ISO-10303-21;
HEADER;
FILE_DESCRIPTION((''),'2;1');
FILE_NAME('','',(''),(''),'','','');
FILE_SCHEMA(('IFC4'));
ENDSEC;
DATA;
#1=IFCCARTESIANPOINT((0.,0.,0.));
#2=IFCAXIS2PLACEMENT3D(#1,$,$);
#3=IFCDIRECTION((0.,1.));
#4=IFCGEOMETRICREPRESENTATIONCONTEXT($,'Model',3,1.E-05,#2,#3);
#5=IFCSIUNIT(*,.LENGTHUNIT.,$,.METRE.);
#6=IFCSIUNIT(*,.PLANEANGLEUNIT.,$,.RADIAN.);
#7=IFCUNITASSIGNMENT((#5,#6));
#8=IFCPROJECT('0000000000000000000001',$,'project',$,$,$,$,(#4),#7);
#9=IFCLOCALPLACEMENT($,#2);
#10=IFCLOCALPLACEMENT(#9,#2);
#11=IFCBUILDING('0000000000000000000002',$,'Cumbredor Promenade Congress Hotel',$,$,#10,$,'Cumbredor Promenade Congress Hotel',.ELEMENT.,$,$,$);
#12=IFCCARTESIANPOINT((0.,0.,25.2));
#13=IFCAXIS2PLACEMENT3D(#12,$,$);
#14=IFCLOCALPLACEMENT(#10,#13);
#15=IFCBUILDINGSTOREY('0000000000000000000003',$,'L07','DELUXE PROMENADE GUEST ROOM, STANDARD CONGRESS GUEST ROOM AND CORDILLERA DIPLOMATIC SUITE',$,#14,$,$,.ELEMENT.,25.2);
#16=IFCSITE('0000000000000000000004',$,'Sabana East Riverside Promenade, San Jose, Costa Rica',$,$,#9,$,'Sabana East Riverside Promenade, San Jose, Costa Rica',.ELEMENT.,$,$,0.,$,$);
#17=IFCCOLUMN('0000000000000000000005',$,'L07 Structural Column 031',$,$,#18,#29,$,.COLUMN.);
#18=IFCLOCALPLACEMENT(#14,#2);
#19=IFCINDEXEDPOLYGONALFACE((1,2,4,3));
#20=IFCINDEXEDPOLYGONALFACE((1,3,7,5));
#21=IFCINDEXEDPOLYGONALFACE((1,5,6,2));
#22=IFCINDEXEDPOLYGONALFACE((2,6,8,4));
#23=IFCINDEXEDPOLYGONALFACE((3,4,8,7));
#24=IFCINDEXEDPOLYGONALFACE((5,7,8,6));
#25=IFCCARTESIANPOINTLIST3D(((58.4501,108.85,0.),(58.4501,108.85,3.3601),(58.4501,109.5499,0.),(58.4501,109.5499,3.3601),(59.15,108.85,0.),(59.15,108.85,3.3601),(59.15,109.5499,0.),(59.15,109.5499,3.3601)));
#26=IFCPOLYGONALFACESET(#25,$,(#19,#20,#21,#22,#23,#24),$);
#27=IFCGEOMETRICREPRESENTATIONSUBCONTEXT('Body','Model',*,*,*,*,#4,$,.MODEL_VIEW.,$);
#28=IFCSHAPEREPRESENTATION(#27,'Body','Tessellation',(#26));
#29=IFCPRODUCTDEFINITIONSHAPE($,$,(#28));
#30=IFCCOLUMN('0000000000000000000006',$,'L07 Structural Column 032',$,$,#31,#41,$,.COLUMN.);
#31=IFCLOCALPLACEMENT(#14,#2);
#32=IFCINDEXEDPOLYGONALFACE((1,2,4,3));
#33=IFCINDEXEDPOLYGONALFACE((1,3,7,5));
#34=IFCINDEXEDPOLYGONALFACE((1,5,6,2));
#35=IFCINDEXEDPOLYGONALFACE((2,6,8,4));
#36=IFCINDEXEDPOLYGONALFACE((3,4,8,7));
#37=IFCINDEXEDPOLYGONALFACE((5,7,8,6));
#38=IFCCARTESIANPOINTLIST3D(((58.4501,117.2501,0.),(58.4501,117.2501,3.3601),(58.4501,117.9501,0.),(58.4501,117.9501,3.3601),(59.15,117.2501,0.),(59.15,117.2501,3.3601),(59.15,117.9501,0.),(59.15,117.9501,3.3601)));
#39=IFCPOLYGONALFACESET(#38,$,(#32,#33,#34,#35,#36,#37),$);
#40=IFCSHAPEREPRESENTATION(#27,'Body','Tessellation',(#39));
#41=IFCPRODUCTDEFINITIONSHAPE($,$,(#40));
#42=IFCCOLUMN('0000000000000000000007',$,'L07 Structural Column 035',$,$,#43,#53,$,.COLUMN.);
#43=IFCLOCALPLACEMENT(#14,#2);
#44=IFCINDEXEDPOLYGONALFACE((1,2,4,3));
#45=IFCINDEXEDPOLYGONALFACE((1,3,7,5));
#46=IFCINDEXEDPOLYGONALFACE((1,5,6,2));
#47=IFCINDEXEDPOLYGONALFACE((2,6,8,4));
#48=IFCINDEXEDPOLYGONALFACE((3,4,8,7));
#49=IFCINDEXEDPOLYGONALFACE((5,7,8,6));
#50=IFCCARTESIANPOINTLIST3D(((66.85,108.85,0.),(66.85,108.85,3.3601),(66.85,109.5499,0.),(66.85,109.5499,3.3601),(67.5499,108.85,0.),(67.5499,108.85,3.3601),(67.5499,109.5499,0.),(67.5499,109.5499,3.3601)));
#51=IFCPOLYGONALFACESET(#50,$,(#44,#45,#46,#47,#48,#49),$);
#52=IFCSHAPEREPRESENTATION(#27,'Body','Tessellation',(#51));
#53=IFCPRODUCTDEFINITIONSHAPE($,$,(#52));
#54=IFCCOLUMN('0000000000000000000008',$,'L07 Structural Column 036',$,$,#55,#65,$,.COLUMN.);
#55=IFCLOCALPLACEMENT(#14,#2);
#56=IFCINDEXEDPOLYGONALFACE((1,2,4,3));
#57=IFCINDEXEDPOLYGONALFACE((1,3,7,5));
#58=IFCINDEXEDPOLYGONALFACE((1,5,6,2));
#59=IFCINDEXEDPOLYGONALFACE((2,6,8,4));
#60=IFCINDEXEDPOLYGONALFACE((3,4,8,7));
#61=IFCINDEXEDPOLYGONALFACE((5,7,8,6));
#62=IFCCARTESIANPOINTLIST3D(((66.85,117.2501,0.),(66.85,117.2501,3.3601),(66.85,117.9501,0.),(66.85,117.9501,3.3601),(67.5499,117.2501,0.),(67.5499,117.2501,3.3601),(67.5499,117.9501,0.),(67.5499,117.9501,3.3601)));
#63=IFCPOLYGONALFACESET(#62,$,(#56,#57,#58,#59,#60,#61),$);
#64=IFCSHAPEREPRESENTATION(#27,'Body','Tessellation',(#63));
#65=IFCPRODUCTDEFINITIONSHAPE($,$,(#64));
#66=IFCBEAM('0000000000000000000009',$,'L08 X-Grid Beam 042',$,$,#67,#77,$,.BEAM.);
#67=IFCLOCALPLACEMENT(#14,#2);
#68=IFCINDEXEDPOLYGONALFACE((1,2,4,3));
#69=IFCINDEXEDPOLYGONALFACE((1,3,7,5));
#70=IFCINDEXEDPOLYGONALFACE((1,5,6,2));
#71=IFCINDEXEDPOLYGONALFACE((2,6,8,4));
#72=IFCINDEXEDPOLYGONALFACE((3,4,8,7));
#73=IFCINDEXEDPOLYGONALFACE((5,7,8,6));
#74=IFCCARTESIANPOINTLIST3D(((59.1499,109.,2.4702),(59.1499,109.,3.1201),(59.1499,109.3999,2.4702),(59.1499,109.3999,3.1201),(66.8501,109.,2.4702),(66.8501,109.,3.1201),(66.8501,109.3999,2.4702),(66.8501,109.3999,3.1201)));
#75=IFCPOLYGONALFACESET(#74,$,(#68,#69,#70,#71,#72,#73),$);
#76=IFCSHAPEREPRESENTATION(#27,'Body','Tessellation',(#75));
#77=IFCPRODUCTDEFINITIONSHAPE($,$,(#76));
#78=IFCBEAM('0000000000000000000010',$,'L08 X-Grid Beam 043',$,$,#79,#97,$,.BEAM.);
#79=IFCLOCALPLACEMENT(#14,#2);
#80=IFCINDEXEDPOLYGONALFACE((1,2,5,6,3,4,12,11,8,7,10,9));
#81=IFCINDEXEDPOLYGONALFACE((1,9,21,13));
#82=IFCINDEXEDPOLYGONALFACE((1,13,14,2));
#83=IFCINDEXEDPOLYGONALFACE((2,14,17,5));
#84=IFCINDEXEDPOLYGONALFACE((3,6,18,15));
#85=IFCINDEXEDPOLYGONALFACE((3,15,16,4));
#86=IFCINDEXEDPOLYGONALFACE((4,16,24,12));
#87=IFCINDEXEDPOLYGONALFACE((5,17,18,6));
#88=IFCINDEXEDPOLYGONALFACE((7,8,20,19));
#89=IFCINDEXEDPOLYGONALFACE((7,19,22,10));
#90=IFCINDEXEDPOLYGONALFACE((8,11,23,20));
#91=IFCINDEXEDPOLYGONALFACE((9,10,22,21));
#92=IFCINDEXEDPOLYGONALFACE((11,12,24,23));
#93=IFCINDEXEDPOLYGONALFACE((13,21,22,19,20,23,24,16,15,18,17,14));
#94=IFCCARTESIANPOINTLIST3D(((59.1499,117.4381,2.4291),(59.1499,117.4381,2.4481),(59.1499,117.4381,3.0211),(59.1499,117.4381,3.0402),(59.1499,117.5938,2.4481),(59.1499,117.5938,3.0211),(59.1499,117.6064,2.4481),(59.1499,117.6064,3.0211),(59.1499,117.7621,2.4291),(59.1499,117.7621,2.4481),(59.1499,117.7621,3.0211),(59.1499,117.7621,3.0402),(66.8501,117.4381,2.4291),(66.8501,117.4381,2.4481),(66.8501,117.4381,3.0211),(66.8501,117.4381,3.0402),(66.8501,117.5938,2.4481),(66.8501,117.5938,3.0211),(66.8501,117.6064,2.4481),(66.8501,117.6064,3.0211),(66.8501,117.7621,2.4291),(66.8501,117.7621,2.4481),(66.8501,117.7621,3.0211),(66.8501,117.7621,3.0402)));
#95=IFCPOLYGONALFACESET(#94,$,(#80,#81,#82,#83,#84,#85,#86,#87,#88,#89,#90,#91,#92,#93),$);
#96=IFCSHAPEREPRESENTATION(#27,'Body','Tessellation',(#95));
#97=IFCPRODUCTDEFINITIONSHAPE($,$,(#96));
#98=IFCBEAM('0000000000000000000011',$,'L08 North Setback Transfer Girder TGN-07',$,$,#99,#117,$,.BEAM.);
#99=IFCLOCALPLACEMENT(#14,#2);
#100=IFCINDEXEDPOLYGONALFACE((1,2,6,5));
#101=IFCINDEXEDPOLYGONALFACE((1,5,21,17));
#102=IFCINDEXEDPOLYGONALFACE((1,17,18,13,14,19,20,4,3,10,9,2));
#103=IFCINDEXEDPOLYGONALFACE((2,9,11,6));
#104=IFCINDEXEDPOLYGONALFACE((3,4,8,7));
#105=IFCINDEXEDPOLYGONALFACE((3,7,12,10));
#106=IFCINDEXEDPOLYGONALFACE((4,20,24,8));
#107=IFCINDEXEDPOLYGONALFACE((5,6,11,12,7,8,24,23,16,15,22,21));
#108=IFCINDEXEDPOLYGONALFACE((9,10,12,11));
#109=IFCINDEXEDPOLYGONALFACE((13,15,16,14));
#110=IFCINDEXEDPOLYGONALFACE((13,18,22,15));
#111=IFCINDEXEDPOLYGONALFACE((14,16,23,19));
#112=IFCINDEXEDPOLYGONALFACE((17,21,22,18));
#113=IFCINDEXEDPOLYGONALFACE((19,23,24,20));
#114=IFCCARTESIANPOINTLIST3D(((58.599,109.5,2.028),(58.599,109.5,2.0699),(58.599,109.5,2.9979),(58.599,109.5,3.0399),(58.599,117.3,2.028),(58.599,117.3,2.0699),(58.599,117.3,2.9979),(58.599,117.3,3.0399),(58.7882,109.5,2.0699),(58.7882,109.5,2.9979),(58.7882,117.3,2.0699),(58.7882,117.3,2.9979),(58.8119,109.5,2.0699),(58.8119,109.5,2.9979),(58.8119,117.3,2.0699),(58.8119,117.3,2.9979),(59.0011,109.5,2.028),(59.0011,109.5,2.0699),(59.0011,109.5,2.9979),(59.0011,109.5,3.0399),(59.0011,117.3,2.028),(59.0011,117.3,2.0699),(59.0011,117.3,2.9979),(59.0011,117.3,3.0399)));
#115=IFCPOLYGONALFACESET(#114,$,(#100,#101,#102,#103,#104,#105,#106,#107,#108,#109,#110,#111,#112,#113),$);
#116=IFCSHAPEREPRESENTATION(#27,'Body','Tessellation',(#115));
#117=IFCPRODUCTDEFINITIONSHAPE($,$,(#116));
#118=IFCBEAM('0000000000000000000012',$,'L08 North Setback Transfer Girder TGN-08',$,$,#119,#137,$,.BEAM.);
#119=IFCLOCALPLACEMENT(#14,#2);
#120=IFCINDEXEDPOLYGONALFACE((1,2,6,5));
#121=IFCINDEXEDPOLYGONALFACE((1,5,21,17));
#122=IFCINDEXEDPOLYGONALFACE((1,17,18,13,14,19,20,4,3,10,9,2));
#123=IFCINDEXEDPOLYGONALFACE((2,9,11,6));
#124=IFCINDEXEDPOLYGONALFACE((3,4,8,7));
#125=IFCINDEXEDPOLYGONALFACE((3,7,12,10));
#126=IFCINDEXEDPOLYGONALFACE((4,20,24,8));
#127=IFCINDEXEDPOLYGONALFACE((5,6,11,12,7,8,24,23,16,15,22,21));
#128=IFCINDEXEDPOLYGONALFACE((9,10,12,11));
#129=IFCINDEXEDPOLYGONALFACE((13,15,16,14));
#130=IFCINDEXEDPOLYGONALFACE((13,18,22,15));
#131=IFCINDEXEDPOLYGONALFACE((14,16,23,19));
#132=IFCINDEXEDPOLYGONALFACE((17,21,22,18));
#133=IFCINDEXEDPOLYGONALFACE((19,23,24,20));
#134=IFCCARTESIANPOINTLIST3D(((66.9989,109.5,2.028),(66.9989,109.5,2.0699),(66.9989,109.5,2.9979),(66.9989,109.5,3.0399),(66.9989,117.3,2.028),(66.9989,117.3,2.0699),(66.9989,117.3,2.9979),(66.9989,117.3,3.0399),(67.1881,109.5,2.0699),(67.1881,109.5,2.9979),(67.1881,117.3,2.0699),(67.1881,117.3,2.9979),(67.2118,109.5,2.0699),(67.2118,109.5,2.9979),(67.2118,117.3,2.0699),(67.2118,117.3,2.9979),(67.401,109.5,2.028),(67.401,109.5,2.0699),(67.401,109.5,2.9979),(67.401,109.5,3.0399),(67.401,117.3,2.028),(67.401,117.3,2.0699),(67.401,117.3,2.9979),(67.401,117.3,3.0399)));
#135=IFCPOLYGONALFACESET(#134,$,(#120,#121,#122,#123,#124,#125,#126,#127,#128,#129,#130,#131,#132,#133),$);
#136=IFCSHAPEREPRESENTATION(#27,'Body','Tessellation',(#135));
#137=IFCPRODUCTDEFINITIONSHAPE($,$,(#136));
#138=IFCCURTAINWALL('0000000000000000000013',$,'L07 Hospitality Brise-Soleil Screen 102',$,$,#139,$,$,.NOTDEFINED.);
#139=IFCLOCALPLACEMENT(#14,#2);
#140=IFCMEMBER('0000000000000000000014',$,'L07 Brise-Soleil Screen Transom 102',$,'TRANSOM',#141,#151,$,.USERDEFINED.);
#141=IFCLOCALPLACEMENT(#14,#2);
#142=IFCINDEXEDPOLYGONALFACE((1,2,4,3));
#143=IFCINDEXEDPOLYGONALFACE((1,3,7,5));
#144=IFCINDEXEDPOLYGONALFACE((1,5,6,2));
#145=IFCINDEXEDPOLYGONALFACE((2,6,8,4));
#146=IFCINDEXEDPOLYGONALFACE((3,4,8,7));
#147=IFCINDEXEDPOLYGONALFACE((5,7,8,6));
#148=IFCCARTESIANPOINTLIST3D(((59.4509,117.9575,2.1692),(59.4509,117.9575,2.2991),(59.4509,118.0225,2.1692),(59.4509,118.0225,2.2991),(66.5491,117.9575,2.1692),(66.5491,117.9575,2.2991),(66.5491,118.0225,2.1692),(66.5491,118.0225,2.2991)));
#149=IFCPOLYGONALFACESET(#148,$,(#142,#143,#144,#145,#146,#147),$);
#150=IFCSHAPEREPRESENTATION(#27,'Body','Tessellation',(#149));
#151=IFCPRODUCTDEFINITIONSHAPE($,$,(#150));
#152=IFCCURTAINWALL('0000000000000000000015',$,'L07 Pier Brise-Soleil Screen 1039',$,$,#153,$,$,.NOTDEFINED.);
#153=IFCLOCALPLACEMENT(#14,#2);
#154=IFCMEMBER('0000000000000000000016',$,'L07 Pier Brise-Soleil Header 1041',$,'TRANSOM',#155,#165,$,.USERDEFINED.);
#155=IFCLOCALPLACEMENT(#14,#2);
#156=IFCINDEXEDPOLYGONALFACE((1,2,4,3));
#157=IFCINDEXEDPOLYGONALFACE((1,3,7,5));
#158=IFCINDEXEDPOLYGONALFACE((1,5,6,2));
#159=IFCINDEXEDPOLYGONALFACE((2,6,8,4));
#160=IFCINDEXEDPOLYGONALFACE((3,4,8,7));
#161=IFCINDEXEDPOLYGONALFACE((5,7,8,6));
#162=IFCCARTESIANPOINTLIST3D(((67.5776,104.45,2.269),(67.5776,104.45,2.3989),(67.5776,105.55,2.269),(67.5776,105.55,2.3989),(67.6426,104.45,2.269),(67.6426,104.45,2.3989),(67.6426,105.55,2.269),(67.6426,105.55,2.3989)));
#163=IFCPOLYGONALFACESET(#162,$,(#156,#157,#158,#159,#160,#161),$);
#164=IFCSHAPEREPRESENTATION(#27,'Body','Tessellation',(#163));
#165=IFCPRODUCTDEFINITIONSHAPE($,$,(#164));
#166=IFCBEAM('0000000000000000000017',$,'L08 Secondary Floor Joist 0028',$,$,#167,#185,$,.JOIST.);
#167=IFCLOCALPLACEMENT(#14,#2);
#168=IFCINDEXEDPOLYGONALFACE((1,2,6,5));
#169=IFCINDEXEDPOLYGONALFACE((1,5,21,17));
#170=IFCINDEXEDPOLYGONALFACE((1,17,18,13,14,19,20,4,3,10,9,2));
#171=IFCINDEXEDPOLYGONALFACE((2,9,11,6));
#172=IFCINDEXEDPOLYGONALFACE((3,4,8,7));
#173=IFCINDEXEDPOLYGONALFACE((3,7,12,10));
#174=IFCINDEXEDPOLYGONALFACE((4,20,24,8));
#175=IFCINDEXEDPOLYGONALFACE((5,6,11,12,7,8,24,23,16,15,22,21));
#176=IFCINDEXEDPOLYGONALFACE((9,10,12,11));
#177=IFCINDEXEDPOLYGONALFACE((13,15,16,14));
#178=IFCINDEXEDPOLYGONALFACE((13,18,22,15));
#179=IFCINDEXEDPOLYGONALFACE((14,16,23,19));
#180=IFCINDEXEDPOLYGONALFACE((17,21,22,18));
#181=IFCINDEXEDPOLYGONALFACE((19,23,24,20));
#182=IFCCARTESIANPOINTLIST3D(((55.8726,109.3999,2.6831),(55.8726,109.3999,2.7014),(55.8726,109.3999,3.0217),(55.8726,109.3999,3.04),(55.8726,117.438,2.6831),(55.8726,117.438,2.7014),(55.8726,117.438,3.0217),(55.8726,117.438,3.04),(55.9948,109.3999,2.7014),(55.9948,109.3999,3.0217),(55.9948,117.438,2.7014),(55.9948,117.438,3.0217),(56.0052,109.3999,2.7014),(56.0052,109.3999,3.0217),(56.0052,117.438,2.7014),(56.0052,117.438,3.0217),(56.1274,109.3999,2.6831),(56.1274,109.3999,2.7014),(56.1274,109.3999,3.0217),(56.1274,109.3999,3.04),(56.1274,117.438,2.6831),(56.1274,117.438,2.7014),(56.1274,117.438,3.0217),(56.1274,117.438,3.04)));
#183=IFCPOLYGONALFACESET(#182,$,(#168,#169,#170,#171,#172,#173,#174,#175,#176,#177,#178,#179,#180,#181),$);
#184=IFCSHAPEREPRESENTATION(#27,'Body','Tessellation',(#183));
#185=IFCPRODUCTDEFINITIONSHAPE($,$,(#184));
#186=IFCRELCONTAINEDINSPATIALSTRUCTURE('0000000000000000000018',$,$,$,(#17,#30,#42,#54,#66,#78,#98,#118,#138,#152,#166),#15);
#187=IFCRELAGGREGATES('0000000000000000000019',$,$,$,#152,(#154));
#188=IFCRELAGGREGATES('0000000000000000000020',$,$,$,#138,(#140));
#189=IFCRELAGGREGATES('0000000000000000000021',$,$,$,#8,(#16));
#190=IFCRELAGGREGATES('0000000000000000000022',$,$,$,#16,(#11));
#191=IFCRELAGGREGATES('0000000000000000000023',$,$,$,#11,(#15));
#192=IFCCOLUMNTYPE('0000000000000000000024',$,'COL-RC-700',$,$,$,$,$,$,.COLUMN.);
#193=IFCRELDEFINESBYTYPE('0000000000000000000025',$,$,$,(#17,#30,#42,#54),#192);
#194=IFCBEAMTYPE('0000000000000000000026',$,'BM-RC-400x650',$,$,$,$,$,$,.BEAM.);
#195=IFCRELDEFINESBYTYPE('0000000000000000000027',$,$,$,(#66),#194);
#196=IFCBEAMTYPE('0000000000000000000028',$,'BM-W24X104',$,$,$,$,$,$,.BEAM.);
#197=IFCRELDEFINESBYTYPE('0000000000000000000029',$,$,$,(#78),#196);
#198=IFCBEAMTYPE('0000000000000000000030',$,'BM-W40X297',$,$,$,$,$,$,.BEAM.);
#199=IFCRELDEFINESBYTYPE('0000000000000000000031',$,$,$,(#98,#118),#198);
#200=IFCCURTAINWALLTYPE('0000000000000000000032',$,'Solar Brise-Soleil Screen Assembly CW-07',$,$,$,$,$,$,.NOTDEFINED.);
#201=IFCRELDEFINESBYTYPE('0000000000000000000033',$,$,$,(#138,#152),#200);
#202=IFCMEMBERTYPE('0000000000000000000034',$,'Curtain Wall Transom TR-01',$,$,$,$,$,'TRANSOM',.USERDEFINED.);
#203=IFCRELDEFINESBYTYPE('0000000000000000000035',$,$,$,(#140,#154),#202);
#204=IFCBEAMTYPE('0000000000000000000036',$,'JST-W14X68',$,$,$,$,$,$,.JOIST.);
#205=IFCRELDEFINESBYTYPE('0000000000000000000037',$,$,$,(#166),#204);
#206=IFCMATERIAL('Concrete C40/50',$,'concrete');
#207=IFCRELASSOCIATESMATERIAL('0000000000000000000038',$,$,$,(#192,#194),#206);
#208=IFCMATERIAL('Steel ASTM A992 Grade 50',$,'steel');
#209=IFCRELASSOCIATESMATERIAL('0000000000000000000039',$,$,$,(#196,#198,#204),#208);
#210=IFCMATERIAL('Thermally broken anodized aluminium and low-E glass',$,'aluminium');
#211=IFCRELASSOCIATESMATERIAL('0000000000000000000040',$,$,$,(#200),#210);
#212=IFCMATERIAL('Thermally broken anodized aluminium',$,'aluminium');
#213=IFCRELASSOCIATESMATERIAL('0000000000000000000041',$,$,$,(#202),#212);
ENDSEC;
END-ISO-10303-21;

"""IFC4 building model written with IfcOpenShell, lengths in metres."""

from ifc_helpers import new_model, si_unit, direction, frame, origin, origin_2d, place, context, subcontext, project, spatial, rectangle, i_section, extrude, material, material_profile, profile_set, type_object, element, aggregate, save


model = new_model("IFC4")

# Units and contexts
model_context = context("Model", 3, precision=1e-05, world=origin(), true_north=direction((0.0, 1.0)))
body_context = subcontext(model_context, "Body", "Model", "MODEL_VIEW")
ifc_project = project(units=[si_unit("LENGTHUNIT", "METRE"), si_unit("PLANEANGLEUNIT", "RADIAN")], contexts=[model_context])

# Site, building, storey
site_placement = place(None, origin())
site = spatial("IfcSite", under=ifc_project, at=site_placement, Name="Sabana East Riverside Promenade, San Jose, Costa Rica", LongName="Sabana East Riverside Promenade, San Jose, Costa Rica", CompositionType="ELEMENT", RefElevation=0.0)
building_placement = place(site_placement, origin())
building = spatial("IfcBuilding", under=site, at=building_placement, Name="Cumbredor Promenade Congress Hotel", LongName="Cumbredor Promenade Congress Hotel", CompositionType="ELEMENT")
storey_placement = place(building_placement, frame((0.0, 0.0, 25.2)))
storey = spatial("IfcBuildingStorey", under=building, at=storey_placement, Name="L07", Description="DELUXE PROMENADE GUEST ROOM, STANDARD CONGRESS GUEST ROOM AND CORDILLERA DIPLOMATIC SUITE", CompositionType="ELEMENT", Elevation=25.2)

# Columns
ifc_material_1 = material(Name="Concrete C40/50", Category="concrete")
ifc_material_profile_1 = material_profile(ifc_material_1, rectangle(XDim=0.7, YDim=0.7, at=origin_2d()), Name="RC 700x700")
ifc_profile_set_1 = profile_set([ifc_material_profile_1], Name="Concrete C40/50")
column_type = type_object("IfcColumnType", Name="COL-RC-700", PredefinedType="COLUMN", material=ifc_profile_set_1)
for number, where, z_axis, x_axis, name in (
    (1, (58.8, 109.2, 0.0), (0.0, 0.0, 1.0), (1.0, 0.0, 0.0), "L07 Structural Column 031"),
    (2, (58.8, 117.6001, 0.0), (0.0, 0.0, 1.0), (1.0, 0.0, 0.0), "L07 Structural Column 032"),
    (3, (67.2, 109.2, 0.0), (0.0, 0.0, 1.0), (1.0, 0.0, 0.0), "L07 Structural Column 035"),
    (4, (67.2, 117.6001, 0.0), (0.0, 0.0, 1.0), (1.0, 0.0, 0.0), "L07 Structural Column 036"),
):
    element("IfcColumn", number, at=place(storey_placement, frame(where, z_axis=z_axis, x_axis=x_axis)), inside=storey, type_object=column_type, Name=name, PredefinedType="COLUMN", context=body_context, shape_type="SweptSolid", body=[
        extrude(rectangle(XDim=0.7, YDim=0.7, at=origin_2d()), origin(), (0.0, 0.0, 1.0), 3.3601),
    ])

# Beams
ifc_material_profile_2 = material_profile(ifc_material_1, rectangle(XDim=0.3999, YDim=0.6499, at=origin_2d()), Name="RC BEAM 400x650")
ifc_profile_set_2 = profile_set([ifc_material_profile_2], Name="Concrete C40/50")
beam_type_1 = type_object("IfcBeamType", Name="BM-RC-400x650", PredefinedType="BEAM", material=ifc_profile_set_2)
beam_1_placement = place(storey_placement, frame((59.1499, 109.2, 2.7952), z_axis=(1.0, 0.0, 0.0), x_axis=(0.0, 1.0, 0.0)))
element("IfcBeam", 5, at=beam_1_placement, inside=storey, type_object=beam_type_1, Name="L08 X-Grid Beam 042", PredefinedType="BEAM", context=body_context, shape_type="SweptSolid", body=[
    extrude(rectangle(XDim=0.3999, YDim=0.6499, at=origin_2d()), origin(), (0.0, 0.0, 1.0), 7.7002),
])
ifc_material_2 = material(Name="Steel ASTM A992 Grade 50", Category="steel")
ifc_material_profile_3 = material_profile(ifc_material_2, i_section(OverallWidth=0.324, OverallDepth=0.6111, WebThickness=0.0127, FlangeThickness=0.019, at=origin_2d()), Name="W24X104")
ifc_profile_set_3 = profile_set([ifc_material_profile_3], Name="Steel ASTM A992 Grade 50")
beam_type_2 = type_object("IfcBeamType", Name="BM-W24X104", PredefinedType="BEAM", material=ifc_profile_set_3)
beam_2_placement = place(storey_placement, frame((59.1499, 117.6001, 2.7346), z_axis=(1.0, 0.0, 0.0), x_axis=(0.0, 1.0, 0.0)))
element("IfcBeam", 6, at=beam_2_placement, inside=storey, type_object=beam_type_2, Name="L08 X-Grid Beam 043", PredefinedType="BEAM", context=body_context, shape_type="SweptSolid", body=[
    extrude(i_section(OverallWidth=0.324, OverallDepth=0.6111, WebThickness=0.0127, FlangeThickness=0.019, at=origin_2d()), origin(), (0.0, 0.0, 1.0), 7.7002),
])
ifc_material_profile_4 = material_profile(ifc_material_2, i_section(OverallWidth=0.4021, OverallDepth=1.012, WebThickness=0.0237, FlangeThickness=0.042, at=origin_2d()), Name="W40X297")
ifc_profile_set_4 = profile_set([ifc_material_profile_4], Name="Steel ASTM A992 Grade 50")
beam_type_3 = type_object("IfcBeamType", Name="BM-W40X297", PredefinedType="BEAM", material=ifc_profile_set_4)
for number, where, z_axis, x_axis, name in (
    (7, (58.8, 109.5, 2.5339), (0.0, 1.0, 0.0), (-1.0, 0.0, 0.0), "L08 North Setback Transfer Girder TGN-07"),
    (8, (67.2, 109.5, 2.5339), (0.0, 1.0, 0.0), (-1.0, 0.0, 0.0), "L08 North Setback Transfer Girder TGN-08"),
):
    element("IfcBeam", number, at=place(storey_placement, frame(where, z_axis=z_axis, x_axis=x_axis)), inside=storey, type_object=beam_type_3, Name=name, PredefinedType="BEAM", context=body_context, shape_type="SweptSolid", body=[
        extrude(i_section(OverallWidth=0.4021, OverallDepth=1.012, WebThickness=0.0237, FlangeThickness=0.042, at=origin_2d()), origin(), (0.0, 0.0, 1.0), 7.8),
    ])

# Curtain walls, members
ifc_material_3 = material(Name="Thermally broken anodized aluminium and low-E glass", Category="aluminium")
curtain_wall_type = type_object("IfcCurtainWallType", Name="Solar Brise-Soleil Screen Assembly CW-07", PredefinedType="NOTDEFINED", material=ifc_material_3)
curtain_wall_1_placement = place(storey_placement, origin())
curtain_wall_1 = element("IfcCurtainWall", 9, at=curtain_wall_1_placement, inside=storey, type_object=curtain_wall_type, Name="L07 Hospitality Brise-Soleil Screen 102", PredefinedType="NOTDEFINED")
ifc_material_4 = material(Name="Thermally broken anodized aluminium", Category="aluminium")
ifc_material_profile_5 = material_profile(ifc_material_4, rectangle(XDim=0.0649, YDim=0.1299, at=origin_2d()), Name="ALU TRANSOM 65x130")
ifc_profile_set_5 = profile_set([ifc_material_profile_5], Name="Thermally broken anodized aluminium")
member_type_1 = type_object("IfcMemberType", Name="Curtain Wall Transom TR-01", ElementType="TRANSOM", PredefinedType="USERDEFINED", material=ifc_profile_set_5)
member_1_placement = place(storey_placement, frame((59.4509, 117.99, 2.2341), z_axis=(1.0, 0.0, 0.0), x_axis=(0.0, 1.0, 0.0)))
member_1 = element("IfcMember", 10, at=member_1_placement, type_object=member_type_1, Name="L07 Brise-Soleil Screen Transom 102", ObjectType="TRANSOM", PredefinedType="USERDEFINED", context=body_context, shape_type="SweptSolid", body=[
    extrude(rectangle(XDim=0.0649, YDim=0.1299, at=origin_2d()), origin(), (0.0, 0.0, 1.0), 7.0981),
])
curtain_wall_2_placement = place(storey_placement, origin())
curtain_wall_2 = element("IfcCurtainWall", 11, at=curtain_wall_2_placement, inside=storey, type_object=curtain_wall_type, Name="L07 Pier Brise-Soleil Screen 1039", PredefinedType="NOTDEFINED")
member_2_placement = place(storey_placement, frame((67.6101, 104.45, 2.334), z_axis=(0.0, 1.0, 0.0), x_axis=(-1.0, 0.0, 0.0)))
member_2 = element("IfcMember", 12, at=member_2_placement, type_object=member_type_1, Name="L07 Pier Brise-Soleil Header 1041", ObjectType="TRANSOM", PredefinedType="USERDEFINED", context=body_context, shape_type="SweptSolid", body=[
    extrude(rectangle(XDim=0.0649, YDim=0.1299, at=origin_2d()), origin(), (0.0, 0.0, 1.0), 1.1001),
])

# Beam
ifc_material_profile_6 = material_profile(ifc_material_2, i_section(OverallWidth=0.2549, OverallDepth=0.3569, WebThickness=0.0105, FlangeThickness=0.0183, at=origin_2d()), Name="W14X68")
ifc_profile_set_6 = profile_set([ifc_material_profile_6], Name="Steel ASTM A992 Grade 50")
beam_type_4 = type_object("IfcBeamType", Name="JST-W14X68", PredefinedType="JOIST", material=ifc_profile_set_6)
beam_3_placement = place(storey_placement, frame((56.0, 109.3999, 2.8616), z_axis=(0.0, 1.0, 0.0), x_axis=(-1.0, 0.0, 0.0)))
element("IfcBeam", 13, at=beam_3_placement, inside=storey, type_object=beam_type_4, Name="L08 Secondary Floor Joist 0028", PredefinedType="JOIST", context=body_context, shape_type="SweptSolid", body=[
    extrude(i_section(OverallWidth=0.2549, OverallDepth=0.3569, WebThickness=0.0105, FlangeThickness=0.0183, at=origin_2d()), origin(), (0.0, 0.0, 1.0), 8.0381),
])

aggregate(curtain_wall_2, [member_2])

aggregate(curtain_wall_1, [member_1])

save(model, "model.ifc")
